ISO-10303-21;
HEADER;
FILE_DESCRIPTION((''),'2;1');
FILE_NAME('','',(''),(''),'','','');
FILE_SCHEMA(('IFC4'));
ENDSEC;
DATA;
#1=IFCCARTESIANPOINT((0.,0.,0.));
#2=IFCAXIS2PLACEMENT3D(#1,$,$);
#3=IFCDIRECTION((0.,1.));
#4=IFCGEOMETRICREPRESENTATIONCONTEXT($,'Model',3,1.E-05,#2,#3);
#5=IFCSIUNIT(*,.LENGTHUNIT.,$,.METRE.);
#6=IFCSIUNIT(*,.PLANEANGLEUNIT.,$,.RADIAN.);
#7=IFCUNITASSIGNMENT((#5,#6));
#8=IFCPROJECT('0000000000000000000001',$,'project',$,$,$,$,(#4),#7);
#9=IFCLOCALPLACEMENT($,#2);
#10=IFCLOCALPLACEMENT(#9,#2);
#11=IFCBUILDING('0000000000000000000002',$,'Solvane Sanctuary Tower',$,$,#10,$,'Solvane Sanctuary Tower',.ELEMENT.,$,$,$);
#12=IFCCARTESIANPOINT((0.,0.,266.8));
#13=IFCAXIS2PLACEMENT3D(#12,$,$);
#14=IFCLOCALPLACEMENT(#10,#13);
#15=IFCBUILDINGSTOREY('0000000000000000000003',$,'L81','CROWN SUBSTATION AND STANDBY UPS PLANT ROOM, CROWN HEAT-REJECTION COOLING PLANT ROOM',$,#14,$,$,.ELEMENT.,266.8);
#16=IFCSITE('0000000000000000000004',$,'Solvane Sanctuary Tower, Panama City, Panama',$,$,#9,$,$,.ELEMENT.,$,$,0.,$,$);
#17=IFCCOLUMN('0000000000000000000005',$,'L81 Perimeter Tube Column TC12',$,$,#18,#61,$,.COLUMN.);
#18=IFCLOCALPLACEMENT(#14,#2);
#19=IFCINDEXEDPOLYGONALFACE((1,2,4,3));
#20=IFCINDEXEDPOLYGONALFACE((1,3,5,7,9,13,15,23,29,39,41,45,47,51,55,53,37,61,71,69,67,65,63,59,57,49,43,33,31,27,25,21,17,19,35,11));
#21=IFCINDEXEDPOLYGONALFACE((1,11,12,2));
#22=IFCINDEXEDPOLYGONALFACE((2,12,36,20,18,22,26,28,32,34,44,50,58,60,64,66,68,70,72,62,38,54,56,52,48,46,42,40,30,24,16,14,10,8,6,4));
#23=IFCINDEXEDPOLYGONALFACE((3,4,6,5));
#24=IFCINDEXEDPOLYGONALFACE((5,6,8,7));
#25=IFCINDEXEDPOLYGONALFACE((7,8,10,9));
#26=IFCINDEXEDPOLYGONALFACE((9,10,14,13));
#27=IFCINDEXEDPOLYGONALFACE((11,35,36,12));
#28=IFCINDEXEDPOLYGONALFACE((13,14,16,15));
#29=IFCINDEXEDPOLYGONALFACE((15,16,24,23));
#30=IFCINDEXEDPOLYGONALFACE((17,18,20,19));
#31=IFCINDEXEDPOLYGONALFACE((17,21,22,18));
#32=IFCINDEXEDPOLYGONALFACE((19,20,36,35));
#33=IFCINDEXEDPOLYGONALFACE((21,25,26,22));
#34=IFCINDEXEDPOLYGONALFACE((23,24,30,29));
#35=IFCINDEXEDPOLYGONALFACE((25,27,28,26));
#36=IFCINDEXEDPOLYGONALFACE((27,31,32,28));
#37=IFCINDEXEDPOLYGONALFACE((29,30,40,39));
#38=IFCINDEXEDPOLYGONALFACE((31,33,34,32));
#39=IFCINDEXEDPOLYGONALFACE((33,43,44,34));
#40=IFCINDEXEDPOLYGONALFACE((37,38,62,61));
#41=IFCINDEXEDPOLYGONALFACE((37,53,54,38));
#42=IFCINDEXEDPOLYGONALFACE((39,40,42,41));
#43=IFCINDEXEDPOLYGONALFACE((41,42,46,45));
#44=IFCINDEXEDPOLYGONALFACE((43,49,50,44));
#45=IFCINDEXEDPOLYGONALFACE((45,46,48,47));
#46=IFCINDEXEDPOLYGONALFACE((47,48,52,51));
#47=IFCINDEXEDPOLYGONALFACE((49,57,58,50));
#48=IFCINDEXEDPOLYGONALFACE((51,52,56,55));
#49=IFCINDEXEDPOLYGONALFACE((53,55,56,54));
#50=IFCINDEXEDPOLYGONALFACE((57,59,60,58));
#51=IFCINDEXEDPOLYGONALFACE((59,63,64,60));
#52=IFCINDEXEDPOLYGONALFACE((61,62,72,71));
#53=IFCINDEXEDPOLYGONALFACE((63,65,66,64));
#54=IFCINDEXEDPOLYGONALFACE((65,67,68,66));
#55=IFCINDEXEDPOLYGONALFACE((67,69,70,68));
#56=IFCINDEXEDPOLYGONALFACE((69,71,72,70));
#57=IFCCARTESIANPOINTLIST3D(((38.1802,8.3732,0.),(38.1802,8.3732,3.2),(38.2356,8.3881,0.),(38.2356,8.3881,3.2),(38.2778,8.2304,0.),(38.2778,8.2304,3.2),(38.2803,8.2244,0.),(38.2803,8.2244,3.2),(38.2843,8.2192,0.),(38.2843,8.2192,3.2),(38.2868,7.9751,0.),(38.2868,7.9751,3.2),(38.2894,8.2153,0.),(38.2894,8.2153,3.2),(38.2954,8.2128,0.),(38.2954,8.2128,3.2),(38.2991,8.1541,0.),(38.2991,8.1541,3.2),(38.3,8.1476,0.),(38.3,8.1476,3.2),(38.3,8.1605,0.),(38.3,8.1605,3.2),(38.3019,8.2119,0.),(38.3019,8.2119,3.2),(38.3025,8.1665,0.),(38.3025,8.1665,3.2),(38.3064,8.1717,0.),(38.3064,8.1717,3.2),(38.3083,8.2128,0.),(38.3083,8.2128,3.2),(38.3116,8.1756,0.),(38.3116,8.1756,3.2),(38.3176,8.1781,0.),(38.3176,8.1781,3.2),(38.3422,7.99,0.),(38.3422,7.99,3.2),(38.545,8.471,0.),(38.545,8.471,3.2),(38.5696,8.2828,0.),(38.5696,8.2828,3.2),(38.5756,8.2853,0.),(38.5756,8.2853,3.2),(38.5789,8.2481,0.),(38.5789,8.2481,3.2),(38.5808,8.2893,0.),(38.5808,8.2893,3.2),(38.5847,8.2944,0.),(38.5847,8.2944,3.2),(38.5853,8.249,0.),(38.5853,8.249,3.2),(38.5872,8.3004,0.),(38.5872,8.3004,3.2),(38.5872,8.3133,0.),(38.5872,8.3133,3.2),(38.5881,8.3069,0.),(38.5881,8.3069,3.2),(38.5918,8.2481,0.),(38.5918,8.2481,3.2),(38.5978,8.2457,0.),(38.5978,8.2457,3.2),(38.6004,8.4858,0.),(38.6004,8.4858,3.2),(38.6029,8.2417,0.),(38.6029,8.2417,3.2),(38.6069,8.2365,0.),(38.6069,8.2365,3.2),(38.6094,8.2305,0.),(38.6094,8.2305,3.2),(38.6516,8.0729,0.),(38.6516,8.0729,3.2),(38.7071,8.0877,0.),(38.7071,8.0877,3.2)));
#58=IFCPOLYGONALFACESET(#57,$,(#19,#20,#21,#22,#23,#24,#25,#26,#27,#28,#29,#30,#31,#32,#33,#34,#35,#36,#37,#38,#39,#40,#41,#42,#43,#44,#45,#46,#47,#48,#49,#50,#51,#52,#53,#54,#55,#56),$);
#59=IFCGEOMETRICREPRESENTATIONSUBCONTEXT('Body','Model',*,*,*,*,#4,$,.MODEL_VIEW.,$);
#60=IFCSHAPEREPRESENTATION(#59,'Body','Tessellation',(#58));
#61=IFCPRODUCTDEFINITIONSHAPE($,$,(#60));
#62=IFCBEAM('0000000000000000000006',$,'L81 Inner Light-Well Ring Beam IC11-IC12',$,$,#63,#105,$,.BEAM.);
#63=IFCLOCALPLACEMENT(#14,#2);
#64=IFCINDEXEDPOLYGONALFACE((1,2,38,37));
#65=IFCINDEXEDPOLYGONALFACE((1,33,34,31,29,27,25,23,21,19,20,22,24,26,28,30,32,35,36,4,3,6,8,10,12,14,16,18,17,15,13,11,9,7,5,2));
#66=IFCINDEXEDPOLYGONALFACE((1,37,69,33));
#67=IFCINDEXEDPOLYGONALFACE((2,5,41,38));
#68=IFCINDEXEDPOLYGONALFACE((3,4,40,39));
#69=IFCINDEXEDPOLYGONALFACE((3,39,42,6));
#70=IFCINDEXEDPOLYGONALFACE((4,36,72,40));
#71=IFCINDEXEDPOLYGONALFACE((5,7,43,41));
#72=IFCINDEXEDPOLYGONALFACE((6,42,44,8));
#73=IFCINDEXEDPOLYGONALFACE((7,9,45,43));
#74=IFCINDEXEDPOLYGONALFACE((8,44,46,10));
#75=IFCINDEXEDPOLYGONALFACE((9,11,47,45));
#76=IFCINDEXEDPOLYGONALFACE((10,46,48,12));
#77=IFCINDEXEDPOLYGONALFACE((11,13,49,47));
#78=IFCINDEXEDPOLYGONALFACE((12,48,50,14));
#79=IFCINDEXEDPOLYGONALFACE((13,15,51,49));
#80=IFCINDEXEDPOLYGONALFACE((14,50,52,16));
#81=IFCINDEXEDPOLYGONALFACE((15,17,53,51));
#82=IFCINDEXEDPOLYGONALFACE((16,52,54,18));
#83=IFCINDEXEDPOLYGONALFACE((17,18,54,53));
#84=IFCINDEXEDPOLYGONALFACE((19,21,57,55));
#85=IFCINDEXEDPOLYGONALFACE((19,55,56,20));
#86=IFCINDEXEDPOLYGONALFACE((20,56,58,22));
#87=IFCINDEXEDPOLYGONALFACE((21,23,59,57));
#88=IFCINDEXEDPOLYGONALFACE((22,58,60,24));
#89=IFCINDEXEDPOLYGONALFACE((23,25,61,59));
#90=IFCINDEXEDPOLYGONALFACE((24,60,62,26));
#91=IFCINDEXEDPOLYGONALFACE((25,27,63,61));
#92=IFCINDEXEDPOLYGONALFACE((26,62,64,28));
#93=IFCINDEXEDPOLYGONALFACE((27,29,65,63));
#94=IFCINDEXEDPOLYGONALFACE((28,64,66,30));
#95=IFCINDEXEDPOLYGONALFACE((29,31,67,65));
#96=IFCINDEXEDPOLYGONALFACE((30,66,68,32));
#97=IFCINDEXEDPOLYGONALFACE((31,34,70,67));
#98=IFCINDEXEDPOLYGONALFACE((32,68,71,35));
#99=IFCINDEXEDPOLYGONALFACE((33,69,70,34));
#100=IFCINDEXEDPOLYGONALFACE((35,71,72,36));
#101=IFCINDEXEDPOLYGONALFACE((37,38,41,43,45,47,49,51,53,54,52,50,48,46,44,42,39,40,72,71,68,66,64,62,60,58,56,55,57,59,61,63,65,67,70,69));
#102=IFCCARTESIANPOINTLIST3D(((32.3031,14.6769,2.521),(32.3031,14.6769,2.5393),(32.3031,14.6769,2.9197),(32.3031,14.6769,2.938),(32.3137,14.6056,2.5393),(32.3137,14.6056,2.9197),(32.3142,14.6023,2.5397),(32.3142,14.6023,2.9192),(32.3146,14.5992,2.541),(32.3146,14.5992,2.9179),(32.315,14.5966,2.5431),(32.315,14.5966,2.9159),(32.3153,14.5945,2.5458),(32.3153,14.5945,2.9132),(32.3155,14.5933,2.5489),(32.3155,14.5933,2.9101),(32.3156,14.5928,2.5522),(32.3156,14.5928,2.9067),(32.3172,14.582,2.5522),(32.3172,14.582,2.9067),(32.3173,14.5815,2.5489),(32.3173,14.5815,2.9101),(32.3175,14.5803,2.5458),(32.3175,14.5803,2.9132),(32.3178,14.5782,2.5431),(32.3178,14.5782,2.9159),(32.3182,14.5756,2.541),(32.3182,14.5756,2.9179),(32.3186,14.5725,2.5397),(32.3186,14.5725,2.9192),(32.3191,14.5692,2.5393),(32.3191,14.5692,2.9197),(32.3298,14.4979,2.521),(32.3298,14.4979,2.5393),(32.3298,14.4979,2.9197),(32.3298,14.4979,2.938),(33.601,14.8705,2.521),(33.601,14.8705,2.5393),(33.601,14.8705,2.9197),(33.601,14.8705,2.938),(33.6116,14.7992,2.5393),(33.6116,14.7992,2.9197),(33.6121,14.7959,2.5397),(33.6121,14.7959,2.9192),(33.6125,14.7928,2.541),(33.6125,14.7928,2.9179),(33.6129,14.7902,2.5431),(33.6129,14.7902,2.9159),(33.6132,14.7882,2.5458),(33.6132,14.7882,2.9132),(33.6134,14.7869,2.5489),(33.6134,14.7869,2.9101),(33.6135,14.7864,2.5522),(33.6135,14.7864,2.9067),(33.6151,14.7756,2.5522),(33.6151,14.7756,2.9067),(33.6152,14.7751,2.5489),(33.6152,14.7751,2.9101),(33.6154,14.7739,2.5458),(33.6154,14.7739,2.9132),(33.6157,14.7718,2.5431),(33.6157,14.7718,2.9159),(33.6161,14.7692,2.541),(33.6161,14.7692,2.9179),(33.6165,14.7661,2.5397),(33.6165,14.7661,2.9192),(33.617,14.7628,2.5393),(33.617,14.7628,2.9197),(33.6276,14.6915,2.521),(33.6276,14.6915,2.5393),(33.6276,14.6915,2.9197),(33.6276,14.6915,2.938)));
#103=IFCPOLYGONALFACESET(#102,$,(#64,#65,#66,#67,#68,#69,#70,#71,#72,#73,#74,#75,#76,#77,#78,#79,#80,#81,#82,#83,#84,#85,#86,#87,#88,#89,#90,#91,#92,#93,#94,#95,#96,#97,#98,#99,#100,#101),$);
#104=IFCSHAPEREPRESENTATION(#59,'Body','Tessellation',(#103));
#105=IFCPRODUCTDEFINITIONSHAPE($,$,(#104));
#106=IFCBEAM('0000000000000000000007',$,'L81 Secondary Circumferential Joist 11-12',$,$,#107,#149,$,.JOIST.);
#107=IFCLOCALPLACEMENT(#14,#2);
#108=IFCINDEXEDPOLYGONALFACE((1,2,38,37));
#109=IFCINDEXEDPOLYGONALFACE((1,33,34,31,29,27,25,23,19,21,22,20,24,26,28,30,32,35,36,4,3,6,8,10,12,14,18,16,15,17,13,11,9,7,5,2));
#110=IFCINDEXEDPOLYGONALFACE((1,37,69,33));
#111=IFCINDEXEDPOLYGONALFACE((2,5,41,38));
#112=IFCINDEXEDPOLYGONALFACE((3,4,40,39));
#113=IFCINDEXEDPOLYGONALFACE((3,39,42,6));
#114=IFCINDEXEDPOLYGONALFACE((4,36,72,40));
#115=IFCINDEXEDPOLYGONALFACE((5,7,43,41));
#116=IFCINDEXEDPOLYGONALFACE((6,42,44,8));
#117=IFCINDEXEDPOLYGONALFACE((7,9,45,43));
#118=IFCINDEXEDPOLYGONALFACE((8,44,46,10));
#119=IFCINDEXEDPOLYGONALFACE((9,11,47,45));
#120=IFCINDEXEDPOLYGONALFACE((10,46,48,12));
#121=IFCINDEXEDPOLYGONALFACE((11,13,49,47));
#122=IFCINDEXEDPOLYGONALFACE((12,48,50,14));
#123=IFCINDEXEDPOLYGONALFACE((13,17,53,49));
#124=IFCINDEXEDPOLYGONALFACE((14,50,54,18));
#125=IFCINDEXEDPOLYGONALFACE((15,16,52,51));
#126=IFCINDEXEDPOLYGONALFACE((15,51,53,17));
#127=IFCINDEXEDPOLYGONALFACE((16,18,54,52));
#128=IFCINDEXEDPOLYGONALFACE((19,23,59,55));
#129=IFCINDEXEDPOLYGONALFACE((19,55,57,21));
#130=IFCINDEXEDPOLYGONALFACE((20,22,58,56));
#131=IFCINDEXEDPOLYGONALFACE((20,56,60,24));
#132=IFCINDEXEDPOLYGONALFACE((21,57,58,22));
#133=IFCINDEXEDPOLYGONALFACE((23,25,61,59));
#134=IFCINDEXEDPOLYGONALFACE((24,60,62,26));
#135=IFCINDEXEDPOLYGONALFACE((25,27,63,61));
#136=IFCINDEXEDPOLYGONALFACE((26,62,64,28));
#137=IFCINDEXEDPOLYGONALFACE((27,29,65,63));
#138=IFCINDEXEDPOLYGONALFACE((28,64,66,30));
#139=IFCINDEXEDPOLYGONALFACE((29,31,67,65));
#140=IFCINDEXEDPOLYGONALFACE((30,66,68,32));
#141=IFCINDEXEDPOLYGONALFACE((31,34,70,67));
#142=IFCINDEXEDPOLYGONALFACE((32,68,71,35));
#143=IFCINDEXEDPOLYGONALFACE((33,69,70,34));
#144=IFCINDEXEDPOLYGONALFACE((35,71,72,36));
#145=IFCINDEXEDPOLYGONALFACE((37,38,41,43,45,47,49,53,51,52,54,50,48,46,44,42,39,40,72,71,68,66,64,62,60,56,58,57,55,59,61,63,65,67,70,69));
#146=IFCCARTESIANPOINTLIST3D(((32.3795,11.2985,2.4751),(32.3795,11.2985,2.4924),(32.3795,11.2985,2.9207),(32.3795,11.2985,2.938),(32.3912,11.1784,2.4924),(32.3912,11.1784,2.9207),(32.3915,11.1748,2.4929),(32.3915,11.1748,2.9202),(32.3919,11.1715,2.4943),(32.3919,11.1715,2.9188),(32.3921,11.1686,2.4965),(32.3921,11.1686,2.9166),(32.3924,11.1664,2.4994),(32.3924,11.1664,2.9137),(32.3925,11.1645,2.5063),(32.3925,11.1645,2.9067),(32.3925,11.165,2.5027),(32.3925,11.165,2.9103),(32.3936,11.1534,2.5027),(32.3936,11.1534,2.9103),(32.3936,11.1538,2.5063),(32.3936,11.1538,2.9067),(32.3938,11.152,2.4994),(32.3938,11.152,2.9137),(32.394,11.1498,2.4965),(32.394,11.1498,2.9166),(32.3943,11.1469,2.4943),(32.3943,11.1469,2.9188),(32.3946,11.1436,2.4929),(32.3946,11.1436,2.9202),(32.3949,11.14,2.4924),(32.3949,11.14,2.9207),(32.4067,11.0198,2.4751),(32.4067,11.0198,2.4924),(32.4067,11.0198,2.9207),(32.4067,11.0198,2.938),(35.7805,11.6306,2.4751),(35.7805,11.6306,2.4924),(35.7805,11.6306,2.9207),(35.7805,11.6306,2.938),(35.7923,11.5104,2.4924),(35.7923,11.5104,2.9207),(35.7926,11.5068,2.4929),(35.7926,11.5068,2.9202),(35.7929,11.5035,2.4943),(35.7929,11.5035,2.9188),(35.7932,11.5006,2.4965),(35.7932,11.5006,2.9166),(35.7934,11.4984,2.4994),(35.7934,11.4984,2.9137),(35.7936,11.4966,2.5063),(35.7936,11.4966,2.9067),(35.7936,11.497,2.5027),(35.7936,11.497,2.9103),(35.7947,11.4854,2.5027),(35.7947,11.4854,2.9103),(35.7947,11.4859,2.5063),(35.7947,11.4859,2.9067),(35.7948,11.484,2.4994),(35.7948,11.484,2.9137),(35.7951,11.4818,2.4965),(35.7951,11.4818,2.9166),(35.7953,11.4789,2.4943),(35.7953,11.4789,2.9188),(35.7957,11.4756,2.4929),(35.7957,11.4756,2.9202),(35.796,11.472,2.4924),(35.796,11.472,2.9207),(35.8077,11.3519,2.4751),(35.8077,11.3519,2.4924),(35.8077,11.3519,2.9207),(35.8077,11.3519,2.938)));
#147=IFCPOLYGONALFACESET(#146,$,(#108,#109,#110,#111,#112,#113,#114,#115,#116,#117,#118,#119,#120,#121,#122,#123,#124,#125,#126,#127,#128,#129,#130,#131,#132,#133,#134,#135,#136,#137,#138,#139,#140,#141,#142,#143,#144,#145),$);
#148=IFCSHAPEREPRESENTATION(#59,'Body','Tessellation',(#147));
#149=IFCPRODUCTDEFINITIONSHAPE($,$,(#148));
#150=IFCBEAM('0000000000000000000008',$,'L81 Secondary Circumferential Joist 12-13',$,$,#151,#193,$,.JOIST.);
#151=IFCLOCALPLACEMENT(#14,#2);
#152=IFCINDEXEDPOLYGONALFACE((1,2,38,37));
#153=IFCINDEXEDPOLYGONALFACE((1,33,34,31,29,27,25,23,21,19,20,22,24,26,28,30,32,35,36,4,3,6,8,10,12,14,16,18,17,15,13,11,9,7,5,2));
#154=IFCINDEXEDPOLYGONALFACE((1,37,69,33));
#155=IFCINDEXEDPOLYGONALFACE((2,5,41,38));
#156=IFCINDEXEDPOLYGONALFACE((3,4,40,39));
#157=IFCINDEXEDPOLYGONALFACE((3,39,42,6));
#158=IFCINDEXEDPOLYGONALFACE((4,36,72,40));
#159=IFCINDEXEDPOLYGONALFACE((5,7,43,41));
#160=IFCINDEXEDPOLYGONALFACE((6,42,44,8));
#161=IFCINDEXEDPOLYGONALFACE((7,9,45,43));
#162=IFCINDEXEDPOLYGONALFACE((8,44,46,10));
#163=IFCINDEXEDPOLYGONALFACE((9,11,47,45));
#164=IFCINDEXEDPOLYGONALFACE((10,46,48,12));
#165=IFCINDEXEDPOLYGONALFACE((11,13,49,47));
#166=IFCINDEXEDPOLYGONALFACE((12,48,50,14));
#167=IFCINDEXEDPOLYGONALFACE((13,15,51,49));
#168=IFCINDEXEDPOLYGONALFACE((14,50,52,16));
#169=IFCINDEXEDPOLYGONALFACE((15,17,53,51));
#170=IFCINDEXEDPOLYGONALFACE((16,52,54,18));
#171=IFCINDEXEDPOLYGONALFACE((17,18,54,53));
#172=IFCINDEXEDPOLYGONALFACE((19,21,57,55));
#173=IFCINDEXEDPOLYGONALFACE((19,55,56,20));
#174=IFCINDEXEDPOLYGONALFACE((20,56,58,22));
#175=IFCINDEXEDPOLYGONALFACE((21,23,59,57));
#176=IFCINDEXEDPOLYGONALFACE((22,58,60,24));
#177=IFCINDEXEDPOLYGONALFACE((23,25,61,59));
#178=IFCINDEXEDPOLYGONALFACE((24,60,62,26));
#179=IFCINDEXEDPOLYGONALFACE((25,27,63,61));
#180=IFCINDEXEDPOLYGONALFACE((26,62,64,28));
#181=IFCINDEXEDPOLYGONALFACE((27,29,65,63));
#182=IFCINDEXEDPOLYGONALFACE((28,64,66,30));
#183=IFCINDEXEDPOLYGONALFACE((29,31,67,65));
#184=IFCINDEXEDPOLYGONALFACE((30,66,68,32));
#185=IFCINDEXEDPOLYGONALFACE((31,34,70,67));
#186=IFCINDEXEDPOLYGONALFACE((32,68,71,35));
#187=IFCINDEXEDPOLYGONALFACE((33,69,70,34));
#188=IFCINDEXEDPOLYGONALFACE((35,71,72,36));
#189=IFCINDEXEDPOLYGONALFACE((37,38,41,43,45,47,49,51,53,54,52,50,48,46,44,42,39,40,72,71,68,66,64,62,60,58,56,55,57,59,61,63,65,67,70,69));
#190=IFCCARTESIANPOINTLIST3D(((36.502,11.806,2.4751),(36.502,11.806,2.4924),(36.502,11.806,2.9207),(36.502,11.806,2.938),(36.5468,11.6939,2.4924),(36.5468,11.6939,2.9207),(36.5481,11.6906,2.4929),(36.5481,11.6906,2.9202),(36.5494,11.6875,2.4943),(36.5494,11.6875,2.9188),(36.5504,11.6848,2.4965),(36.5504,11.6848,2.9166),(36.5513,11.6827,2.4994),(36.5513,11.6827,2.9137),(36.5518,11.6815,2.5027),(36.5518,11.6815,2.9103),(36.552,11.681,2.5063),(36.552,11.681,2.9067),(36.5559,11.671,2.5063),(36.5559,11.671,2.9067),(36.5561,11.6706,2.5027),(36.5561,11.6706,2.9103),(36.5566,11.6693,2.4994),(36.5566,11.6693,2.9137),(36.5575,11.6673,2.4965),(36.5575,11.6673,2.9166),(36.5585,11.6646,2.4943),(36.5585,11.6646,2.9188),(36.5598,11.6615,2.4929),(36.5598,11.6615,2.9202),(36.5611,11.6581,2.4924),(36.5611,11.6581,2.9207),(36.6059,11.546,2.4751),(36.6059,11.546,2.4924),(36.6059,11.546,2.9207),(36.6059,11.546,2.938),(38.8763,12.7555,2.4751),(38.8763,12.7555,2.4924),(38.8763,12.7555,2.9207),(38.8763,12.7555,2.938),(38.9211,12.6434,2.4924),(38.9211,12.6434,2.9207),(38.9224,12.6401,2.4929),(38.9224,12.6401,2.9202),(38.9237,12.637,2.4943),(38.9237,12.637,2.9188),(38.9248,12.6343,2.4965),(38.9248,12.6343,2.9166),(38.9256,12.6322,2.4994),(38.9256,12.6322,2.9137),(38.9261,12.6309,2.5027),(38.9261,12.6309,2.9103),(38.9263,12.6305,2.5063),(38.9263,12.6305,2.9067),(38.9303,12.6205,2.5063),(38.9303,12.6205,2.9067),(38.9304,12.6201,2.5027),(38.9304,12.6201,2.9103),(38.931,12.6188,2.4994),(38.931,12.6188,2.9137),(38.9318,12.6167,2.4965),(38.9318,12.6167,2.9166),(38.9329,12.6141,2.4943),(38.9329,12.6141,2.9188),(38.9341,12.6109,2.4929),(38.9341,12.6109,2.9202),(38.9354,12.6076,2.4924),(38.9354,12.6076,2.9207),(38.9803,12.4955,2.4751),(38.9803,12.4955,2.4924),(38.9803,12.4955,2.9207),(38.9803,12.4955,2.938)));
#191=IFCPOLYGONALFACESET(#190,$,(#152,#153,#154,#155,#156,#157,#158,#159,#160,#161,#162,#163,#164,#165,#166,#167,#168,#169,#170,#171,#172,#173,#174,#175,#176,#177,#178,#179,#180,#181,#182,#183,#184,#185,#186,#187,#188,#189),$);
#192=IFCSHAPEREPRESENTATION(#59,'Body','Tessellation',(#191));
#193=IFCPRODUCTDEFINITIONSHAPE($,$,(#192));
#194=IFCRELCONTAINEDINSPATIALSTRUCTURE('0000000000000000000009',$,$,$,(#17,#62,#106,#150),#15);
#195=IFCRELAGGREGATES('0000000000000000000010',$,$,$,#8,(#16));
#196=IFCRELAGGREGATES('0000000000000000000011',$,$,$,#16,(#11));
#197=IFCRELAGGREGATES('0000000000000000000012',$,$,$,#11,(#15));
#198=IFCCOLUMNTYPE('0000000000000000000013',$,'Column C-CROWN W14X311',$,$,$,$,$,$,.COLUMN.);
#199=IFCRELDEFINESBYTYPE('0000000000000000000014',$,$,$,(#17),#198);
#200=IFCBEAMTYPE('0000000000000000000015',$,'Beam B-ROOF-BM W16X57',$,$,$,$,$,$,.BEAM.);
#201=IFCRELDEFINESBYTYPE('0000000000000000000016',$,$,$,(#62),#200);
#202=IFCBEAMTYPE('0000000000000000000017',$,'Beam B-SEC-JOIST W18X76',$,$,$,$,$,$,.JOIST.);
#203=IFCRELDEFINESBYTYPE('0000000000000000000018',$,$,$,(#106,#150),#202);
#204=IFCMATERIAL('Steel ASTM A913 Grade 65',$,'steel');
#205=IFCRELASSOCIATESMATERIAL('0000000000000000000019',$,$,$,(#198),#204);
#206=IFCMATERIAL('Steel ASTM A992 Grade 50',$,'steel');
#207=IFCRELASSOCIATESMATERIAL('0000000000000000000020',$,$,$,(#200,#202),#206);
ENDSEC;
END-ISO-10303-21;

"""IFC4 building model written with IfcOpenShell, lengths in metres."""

from ifc_helpers import new_model, si_unit, direction, frame, origin, origin_2d, place, context, subcontext, project, spatial, i_section, extrude, material, material_profile, profile_set, type_object, element, save


model = new_model("IFC4")

# Units and contexts
model_context = context("Model", 3, precision=1e-05, world=origin(), true_north=direction((0.0, 1.0)))
body_context = subcontext(model_context, "Body", "Model", "MODEL_VIEW")
ifc_project = project(units=[si_unit("LENGTHUNIT", "METRE"), si_unit("PLANEANGLEUNIT", "RADIAN")], contexts=[model_context])

# Site, building, storey
site_placement = place(None, origin())
site = spatial("IfcSite", under=ifc_project, at=site_placement, Name="Solvane Sanctuary Tower, Panama City, Panama", CompositionType="ELEMENT", RefElevation=0.0)
building_placement = place(site_placement, origin())
building = spatial("IfcBuilding", under=site, at=building_placement, Name="Solvane Sanctuary Tower", LongName="Solvane Sanctuary Tower", CompositionType="ELEMENT")
storey_placement = place(building_placement, frame((0.0, 0.0, 266.8)))
storey = spatial("IfcBuildingStorey", under=building, at=storey_placement, Name="L81", Description="CROWN SUBSTATION AND STANDBY UPS PLANT ROOM, CROWN HEAT-REJECTION COOLING PLANT ROOM", CompositionType="ELEMENT", Elevation=266.8)

# Column
ifc_material_1 = material(Name="Steel ASTM A913 Grade 65", Category="steel")
ifc_material_profile_1 = material_profile(ifc_material_1, i_section(OverallWidth=0.4121, OverallDepth=0.4351, WebThickness=0.0359, FlangeThickness=0.0574, FilletRadius=0.0249, at=origin_2d()), Name="W14X311")
ifc_profile_set_1 = profile_set([ifc_material_profile_1], Name="Steel ASTM A913 Grade 65")
column_type = type_object("IfcColumnType", Name="Column C-CROWN W14X311", PredefinedType="COLUMN", material=ifc_profile_set_1)
column_placement = place(storey_placement, frame((38.4436, 8.2305, 0.0), z_axis=(0.0, 0.0, 1.0), x_axis=(0.258819, -0.965926, 0.0)))
element("IfcColumn", 1, at=column_placement, inside=storey, type_object=column_type, Name="L81 Perimeter Tube Column TC12", PredefinedType="COLUMN", context=body_context, shape_type="SweptSolid", body=[
    extrude(i_section(OverallWidth=0.4121, OverallDepth=0.4351, WebThickness=0.0359, FlangeThickness=0.0574, FilletRadius=0.0249, at=origin_2d()), origin(), (0.0, 0.0, 1.0), 3.2),
])

# Beams
ifc_material_2 = material(Name="Steel ASTM A992 Grade 50", Category="steel")
ifc_material_profile_2 = material_profile(ifc_material_2, i_section(OverallWidth=0.1809, OverallDepth=0.417, WebThickness=0.011, FlangeThickness=0.0183, FilletRadius=0.0129, at=origin_2d()), Name="W16X57")
ifc_profile_set_2 = profile_set([ifc_material_profile_2], Name="Steel ASTM A992 Grade 50")
beam_type_1 = type_object("IfcBeamType", Name="Beam B-ROOF-BM W16X57", PredefinedType="BEAM", material=ifc_profile_set_2)
beam_1_placement = place(storey_placement, frame((32.3164, 14.5874, 2.7295), z_axis=(0.989056, 0.14754, 0.0), x_axis=(-0.14754, 0.989056, 0.0)))
element("IfcBeam", 2, at=beam_1_placement, inside=storey, type_object=beam_type_1, Name="L81 Inner Light-Well Ring Beam IC11-IC12", PredefinedType="BEAM", context=body_context, shape_type="SweptSolid", body=[
    extrude(i_section(OverallWidth=0.1809, OverallDepth=0.417, WebThickness=0.011, FlangeThickness=0.0183, FilletRadius=0.0129, at=origin_2d()), origin(), (0.0, 0.0, 1.0), 1.3123),
])
ifc_material_profile_3 = material_profile(ifc_material_2, i_section(OverallWidth=0.28, OverallDepth=0.4629, WebThickness=0.0107, FlangeThickness=0.0173, FilletRadius=0.0139, at=origin_2d()), Name="W18X76")
ifc_profile_set_3 = profile_set([ifc_material_profile_3], Name="Steel ASTM A992 Grade 50")
beam_type_2 = type_object("IfcBeamType", Name="Beam B-SEC-JOIST W18X76", PredefinedType="JOIST", material=ifc_profile_set_3)
beam_2_placement = place(storey_placement, frame((32.3931, 11.1592, 2.7065), z_axis=(0.995269, 0.097162, 0.0), x_axis=(-0.097162, 0.995269, 0.0)))
element("IfcBeam", 3, at=beam_2_placement, inside=storey, type_object=beam_type_2, Name="L81 Secondary Circumferential Joist 11-12", PredefinedType="JOIST", context=body_context, shape_type="SweptSolid", body=[
    extrude(i_section(OverallWidth=0.28, OverallDepth=0.4629, WebThickness=0.0107, FlangeThickness=0.0173, FilletRadius=0.0139, at=origin_2d()), origin(), (0.0, 0.0, 1.0), 3.4172),
])
beam_3_placement = place(storey_placement, frame((36.554, 11.676, 2.7065), z_axis=(0.92851, 0.371308, 0.0), x_axis=(-0.371308, 0.92851, 0.0)))
element("IfcBeam", 4, at=beam_3_placement, inside=storey, type_object=beam_type_2, Name="L81 Secondary Circumferential Joist 12-13", PredefinedType="JOIST", context=body_context, shape_type="SweptSolid", body=[
    extrude(i_section(OverallWidth=0.28, OverallDepth=0.4629, WebThickness=0.0107, FlangeThickness=0.0173, FilletRadius=0.0139, at=origin_2d()), origin(), (0.0, 0.0, 1.0), 2.5571),
])

save(model, "model.ifc")
